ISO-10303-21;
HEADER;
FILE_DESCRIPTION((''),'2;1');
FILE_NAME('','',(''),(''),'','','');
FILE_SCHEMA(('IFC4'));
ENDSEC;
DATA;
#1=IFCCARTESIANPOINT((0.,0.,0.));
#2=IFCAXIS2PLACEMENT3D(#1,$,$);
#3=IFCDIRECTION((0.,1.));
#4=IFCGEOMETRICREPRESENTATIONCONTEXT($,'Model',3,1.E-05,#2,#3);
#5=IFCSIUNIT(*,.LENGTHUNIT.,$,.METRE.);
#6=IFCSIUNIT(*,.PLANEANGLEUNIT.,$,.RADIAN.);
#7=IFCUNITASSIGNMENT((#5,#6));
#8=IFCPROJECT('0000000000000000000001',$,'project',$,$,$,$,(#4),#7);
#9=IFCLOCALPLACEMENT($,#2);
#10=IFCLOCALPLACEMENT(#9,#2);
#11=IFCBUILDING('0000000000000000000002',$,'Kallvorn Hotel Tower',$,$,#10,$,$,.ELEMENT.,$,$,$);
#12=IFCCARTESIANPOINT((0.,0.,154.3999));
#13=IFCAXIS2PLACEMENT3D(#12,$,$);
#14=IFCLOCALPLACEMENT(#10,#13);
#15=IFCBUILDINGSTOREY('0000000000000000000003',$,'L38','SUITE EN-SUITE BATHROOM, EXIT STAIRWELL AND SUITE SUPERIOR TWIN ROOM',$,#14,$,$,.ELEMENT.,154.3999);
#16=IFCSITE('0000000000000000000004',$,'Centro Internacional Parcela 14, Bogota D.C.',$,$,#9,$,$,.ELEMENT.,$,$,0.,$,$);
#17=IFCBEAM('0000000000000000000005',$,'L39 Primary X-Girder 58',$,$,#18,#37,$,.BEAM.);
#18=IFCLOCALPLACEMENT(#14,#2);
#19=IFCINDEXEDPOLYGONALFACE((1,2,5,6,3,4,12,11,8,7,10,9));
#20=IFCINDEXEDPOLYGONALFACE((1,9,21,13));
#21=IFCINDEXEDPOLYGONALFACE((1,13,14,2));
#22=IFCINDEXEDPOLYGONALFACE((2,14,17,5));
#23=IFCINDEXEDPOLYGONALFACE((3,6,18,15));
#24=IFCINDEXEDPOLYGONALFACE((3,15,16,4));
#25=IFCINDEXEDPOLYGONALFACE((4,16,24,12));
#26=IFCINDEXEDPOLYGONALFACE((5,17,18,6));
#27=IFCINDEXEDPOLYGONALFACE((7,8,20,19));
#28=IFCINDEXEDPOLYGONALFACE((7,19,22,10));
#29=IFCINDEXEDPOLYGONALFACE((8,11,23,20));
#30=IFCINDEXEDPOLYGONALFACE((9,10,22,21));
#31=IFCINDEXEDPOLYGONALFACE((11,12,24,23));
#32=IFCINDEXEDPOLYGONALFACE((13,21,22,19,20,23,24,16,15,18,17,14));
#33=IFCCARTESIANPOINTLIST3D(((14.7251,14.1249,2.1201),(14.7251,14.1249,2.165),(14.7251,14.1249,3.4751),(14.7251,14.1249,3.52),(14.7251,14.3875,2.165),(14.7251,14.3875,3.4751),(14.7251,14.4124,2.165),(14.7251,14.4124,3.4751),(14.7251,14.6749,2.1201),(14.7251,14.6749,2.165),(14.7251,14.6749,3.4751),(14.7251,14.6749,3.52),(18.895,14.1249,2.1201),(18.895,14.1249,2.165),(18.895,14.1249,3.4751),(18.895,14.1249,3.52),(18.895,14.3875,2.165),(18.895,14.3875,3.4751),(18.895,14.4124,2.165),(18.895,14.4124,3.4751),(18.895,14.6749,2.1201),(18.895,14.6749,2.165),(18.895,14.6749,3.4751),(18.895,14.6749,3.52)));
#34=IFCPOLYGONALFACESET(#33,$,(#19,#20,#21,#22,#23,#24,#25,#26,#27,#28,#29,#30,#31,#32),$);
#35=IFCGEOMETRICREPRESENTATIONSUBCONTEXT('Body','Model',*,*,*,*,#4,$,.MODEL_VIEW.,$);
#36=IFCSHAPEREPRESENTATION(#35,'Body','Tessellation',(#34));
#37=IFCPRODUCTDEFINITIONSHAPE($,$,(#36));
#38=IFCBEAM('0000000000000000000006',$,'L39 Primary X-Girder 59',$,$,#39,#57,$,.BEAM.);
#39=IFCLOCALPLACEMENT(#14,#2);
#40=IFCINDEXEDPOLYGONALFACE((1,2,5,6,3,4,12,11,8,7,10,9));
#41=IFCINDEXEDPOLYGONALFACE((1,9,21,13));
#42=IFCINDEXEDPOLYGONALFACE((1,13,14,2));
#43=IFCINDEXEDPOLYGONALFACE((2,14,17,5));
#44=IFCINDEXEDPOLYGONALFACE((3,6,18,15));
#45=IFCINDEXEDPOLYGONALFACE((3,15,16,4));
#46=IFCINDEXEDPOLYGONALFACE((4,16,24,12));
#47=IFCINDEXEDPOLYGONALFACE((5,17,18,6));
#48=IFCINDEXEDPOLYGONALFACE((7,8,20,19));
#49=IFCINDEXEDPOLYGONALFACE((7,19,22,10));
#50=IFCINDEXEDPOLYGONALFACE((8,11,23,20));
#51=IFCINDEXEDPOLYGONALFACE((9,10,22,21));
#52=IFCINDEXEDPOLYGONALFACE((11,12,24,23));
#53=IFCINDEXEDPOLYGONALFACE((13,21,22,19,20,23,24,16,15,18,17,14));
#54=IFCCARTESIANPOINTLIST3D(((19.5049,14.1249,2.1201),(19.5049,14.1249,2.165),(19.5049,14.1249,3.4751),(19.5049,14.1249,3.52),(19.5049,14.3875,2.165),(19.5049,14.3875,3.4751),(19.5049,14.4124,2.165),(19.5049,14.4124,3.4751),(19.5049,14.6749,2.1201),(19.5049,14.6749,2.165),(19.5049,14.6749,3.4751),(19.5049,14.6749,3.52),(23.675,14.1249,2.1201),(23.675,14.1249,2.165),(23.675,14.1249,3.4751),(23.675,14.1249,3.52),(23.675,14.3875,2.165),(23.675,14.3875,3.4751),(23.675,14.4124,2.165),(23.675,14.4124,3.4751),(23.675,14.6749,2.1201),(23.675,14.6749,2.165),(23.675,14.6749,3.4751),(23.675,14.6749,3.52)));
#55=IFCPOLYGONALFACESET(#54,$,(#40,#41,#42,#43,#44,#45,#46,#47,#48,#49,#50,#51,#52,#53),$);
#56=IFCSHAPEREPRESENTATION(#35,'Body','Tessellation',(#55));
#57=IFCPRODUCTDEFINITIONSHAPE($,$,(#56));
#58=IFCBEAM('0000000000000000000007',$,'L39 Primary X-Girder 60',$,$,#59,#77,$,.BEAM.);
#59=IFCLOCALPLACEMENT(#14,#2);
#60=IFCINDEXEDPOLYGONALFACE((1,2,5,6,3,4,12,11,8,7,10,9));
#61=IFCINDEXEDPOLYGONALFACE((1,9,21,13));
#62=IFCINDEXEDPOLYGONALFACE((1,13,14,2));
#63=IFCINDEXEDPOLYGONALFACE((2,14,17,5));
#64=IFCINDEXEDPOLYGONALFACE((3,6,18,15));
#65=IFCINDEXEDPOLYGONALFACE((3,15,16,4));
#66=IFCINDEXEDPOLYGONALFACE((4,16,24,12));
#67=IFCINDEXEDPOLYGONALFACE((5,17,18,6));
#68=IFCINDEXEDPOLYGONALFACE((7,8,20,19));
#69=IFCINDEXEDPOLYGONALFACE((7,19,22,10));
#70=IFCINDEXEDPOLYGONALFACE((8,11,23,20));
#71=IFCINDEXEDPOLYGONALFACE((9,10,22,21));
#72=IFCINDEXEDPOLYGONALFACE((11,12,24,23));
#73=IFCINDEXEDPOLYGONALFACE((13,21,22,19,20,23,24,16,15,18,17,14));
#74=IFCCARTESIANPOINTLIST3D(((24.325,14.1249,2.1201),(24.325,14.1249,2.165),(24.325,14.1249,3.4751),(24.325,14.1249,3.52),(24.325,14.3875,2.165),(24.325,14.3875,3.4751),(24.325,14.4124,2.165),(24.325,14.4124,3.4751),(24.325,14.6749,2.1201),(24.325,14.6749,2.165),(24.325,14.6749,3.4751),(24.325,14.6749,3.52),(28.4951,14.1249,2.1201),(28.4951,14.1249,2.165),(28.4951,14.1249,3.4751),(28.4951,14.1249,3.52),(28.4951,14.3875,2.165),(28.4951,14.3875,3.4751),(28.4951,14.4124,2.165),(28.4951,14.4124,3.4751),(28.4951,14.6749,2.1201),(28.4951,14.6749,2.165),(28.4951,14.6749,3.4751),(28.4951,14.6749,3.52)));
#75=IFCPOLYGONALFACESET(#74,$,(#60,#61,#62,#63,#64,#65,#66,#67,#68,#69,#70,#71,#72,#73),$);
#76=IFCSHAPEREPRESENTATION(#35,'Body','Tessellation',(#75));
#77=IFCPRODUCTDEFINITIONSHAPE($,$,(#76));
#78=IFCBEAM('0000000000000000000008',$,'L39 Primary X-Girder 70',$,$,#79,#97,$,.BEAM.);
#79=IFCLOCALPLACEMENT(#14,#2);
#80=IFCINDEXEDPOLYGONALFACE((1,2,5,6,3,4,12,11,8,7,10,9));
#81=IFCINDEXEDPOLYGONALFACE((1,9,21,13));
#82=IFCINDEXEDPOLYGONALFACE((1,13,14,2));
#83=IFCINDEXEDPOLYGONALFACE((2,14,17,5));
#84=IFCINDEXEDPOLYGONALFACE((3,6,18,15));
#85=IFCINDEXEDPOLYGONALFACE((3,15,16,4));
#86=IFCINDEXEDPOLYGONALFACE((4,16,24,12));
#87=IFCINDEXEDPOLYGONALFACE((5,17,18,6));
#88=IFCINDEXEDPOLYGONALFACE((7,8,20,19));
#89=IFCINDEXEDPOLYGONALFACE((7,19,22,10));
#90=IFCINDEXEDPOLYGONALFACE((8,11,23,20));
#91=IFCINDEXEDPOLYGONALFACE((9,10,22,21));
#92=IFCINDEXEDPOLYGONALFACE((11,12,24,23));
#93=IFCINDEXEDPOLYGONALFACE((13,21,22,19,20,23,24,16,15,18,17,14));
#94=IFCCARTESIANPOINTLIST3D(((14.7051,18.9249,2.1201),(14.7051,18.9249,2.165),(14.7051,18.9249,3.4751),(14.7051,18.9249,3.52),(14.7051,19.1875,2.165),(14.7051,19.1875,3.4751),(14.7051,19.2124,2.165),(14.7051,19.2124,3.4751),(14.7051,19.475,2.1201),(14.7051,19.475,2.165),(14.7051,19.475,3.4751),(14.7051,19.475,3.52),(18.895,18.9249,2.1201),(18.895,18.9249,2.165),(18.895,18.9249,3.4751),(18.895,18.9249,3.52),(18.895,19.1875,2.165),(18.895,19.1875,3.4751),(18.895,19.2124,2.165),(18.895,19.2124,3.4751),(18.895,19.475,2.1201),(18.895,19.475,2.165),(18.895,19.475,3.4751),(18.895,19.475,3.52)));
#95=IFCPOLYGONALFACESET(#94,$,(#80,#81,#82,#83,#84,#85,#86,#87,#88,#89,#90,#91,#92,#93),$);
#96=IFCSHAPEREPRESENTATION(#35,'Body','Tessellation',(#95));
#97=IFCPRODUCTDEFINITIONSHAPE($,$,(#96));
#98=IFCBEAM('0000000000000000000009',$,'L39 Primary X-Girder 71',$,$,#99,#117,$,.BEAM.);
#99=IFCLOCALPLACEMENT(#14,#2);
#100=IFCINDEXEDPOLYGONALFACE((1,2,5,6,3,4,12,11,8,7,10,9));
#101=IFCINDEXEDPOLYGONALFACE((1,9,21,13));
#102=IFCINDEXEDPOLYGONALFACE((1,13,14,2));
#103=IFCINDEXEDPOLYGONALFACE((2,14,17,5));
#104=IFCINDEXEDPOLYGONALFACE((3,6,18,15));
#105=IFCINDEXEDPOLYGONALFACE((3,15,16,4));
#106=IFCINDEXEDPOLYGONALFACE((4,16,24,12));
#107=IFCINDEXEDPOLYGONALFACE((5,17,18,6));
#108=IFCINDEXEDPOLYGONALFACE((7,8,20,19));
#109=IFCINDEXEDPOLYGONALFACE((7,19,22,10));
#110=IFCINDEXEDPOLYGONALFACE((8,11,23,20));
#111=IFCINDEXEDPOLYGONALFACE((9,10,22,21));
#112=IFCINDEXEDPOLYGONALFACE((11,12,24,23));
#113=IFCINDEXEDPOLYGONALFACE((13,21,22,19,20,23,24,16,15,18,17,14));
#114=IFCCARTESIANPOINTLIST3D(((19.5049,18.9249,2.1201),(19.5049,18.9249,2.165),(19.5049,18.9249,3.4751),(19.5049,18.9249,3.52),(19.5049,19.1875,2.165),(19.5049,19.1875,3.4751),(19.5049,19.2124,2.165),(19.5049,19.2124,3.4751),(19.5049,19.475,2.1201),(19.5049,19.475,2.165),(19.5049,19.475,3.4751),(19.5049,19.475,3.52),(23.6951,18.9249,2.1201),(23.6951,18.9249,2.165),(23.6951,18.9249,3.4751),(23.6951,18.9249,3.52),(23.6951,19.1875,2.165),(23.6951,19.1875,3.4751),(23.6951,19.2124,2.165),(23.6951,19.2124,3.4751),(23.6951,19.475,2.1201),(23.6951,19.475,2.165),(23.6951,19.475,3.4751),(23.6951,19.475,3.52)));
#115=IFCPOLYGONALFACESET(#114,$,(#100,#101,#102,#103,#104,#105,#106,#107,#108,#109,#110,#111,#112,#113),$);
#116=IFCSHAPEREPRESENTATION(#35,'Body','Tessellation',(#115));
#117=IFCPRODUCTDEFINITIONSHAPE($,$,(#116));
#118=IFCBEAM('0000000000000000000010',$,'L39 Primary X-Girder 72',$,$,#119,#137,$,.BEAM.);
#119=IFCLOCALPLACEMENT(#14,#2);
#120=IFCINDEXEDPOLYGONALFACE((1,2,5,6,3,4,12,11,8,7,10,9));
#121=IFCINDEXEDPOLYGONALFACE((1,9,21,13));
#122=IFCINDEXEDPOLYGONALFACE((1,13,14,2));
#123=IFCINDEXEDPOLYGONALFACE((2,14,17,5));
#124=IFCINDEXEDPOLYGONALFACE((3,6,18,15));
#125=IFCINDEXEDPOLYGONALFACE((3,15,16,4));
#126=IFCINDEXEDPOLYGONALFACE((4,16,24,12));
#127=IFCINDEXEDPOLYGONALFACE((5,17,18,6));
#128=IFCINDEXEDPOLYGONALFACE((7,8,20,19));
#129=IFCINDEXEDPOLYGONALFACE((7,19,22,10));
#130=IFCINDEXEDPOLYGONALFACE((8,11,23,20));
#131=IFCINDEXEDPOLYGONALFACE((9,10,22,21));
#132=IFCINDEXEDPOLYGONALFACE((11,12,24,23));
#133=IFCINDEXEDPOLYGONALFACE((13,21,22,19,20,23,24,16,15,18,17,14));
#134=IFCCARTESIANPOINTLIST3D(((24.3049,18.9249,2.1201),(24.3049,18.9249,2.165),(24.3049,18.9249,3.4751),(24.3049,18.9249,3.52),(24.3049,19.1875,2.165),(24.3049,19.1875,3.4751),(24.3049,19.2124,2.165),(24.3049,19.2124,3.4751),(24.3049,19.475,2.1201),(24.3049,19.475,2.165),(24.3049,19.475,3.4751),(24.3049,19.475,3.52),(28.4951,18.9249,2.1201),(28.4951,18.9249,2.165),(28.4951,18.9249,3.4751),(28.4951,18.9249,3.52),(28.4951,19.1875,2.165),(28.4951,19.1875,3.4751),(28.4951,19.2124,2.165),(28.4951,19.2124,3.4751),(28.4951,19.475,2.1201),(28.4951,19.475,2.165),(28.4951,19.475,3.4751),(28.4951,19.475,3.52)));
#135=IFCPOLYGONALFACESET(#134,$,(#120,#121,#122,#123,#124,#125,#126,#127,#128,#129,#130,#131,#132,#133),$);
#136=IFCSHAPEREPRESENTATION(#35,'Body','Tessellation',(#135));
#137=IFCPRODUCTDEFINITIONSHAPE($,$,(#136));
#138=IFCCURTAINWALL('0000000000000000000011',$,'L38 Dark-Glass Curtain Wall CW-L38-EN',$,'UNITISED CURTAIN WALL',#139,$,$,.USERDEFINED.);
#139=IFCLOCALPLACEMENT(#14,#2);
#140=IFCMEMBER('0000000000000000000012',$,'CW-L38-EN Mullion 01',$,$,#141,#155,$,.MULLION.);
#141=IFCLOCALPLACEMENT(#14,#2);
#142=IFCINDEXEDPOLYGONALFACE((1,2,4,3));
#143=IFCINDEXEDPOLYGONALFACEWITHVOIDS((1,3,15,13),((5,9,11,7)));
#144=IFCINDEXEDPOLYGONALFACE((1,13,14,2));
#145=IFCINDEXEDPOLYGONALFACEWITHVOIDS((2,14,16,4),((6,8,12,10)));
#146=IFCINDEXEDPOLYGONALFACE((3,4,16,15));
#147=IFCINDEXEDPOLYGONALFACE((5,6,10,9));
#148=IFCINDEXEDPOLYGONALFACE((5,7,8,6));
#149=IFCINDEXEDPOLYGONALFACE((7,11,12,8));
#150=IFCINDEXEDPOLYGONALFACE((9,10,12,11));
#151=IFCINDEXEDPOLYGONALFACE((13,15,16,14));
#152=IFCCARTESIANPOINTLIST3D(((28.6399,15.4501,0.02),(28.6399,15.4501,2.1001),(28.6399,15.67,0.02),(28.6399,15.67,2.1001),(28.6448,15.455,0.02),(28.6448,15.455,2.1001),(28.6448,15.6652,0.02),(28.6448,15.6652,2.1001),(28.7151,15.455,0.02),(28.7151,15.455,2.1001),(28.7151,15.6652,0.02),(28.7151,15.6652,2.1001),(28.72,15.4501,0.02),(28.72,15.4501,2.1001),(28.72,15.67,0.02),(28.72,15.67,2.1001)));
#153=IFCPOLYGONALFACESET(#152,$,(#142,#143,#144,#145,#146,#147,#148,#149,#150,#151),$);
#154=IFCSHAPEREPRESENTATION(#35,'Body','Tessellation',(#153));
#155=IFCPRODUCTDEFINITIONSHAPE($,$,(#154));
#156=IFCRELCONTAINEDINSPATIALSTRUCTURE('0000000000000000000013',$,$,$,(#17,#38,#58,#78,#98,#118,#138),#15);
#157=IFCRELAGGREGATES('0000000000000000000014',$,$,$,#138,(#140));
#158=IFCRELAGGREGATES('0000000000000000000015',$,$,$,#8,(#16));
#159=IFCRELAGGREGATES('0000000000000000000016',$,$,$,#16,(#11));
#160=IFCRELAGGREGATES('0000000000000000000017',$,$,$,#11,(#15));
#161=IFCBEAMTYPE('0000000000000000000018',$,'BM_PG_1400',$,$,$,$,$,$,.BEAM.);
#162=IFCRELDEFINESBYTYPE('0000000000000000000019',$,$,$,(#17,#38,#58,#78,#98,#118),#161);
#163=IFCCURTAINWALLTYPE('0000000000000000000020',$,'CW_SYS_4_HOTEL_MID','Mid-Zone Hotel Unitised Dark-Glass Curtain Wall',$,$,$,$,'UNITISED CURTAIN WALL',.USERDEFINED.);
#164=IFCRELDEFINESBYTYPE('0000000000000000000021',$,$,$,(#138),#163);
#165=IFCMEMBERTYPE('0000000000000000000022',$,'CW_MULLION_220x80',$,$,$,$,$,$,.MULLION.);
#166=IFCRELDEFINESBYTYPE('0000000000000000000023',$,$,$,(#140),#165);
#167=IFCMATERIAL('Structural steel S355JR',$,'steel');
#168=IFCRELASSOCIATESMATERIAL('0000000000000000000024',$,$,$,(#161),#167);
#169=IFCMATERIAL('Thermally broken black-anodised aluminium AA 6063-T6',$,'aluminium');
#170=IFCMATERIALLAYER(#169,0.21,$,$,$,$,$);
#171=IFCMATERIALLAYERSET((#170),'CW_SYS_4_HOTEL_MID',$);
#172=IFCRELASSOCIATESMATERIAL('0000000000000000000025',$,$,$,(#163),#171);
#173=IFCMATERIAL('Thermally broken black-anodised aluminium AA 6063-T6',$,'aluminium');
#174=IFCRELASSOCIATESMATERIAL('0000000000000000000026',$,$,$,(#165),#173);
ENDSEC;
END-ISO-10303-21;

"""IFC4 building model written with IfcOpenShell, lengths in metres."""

from ifc_helpers import new_model, si_unit, direction, frame, origin, origin_2d, place, context, subcontext, project, spatial, hollow_rectangle, i_section, extrude, material, layer, layer_set, material_profile, profile_set, type_object, element, aggregate, save


model = new_model("IFC4")

# Units and contexts
model_context = context("Model", 3, precision=1e-05, world=origin(), true_north=direction((0.0, 1.0)))
body_context = subcontext(model_context, "Body", "Model", "MODEL_VIEW")
ifc_project = project(units=[si_unit("LENGTHUNIT", "METRE"), si_unit("PLANEANGLEUNIT", "RADIAN")], contexts=[model_context])

# Site, building, storey
site_placement = place(None, origin())
site = spatial("IfcSite", under=ifc_project, at=site_placement, Name="Centro Internacional Parcela 14, Bogota D.C.", CompositionType="ELEMENT", RefElevation=0.0)
building_placement = place(site_placement, origin())
building = spatial("IfcBuilding", under=site, at=building_placement, Name="Kallvorn Hotel Tower", CompositionType="ELEMENT")
storey_placement = place(building_placement, frame((0.0, 0.0, 154.3999)))
storey = spatial("IfcBuildingStorey", under=building, at=storey_placement, Name="L38", Description="SUITE EN-SUITE BATHROOM, EXIT STAIRWELL AND SUITE SUPERIOR TWIN ROOM", CompositionType="ELEMENT", Elevation=154.3999)

# Beams
ifc_material_1 = material(Name="Structural steel S355JR", Category="steel")
ifc_material_profile_1 = material_profile(ifc_material_1, i_section(OverallWidth=0.55, OverallDepth=1.3999, WebThickness=0.0249, FlangeThickness=0.0449, at=origin_2d()), Name="PG 1400x550x25x45")
ifc_profile_set_1 = profile_set([ifc_material_profile_1], Name="Structural steel S355JR")
beam_type_1 = type_object("IfcBeamType", Name="BM_PG_1400", PredefinedType="BEAM", material=ifc_profile_set_1)
beam_1_placement = place(storey_placement, frame((14.7251, 14.3999, 2.8201), z_axis=(1.0, 0.0, 0.0), x_axis=(0.0, 1.0, 0.0)))
element("IfcBeam", 1, at=beam_1_placement, inside=storey, type_object=beam_type_1, Name="L39 Primary X-Girder 58", PredefinedType="BEAM", context=body_context, shape_type="SweptSolid", body=[
    extrude(i_section(OverallWidth=0.55, OverallDepth=1.3999, WebThickness=0.0249, FlangeThickness=0.0449, at=origin_2d()), origin(), (0.0, 0.0, 1.0), 4.1699),
])
for number, where, z_axis, x_axis, name in (
    (2, (19.5049, 14.3999, 2.8201), (1.0, 0.0, 0.0), (0.0, 1.0, 0.0), "L39 Primary X-Girder 59"),
    (3, (24.325, 14.3999, 2.8201), (1.0, 0.0, 0.0), (0.0, 1.0, 0.0), "L39 Primary X-Girder 60"),
):
    element("IfcBeam", number, at=place(storey_placement, frame(where, z_axis=z_axis, x_axis=x_axis)), inside=storey, type_object=beam_type_1, Name=name, PredefinedType="BEAM", context=body_context, shape_type="SweptSolid", body=[
        extrude(i_section(OverallWidth=0.55, OverallDepth=1.3999, WebThickness=0.0249, FlangeThickness=0.0449, at=origin_2d()), origin(), (0.0, 0.0, 1.0), 4.1702),
    ])
beam_2_placement = place(storey_placement, frame((14.7051, 19.2, 2.8201), z_axis=(1.0, 0.0, 0.0), x_axis=(0.0, 1.0, 0.0)))
element("IfcBeam", 4, at=beam_2_placement, inside=storey, type_object=beam_type_1, Name="L39 Primary X-Girder 70", PredefinedType="BEAM", context=body_context, shape_type="SweptSolid", body=[
    extrude(i_section(OverallWidth=0.55, OverallDepth=1.3999, WebThickness=0.0249, FlangeThickness=0.0449, at=origin_2d()), origin(), (0.0, 0.0, 1.0), 4.1899),
])
for number, where, z_axis, x_axis, name in (
    (5, (19.5049, 19.2, 2.8201), (1.0, 0.0, 0.0), (0.0, 1.0, 0.0), "L39 Primary X-Girder 71"),
    (6, (24.3049, 19.2, 2.8201), (1.0, 0.0, 0.0), (0.0, 1.0, 0.0), "L39 Primary X-Girder 72"),
):
    element("IfcBeam", number, at=place(storey_placement, frame(where, z_axis=z_axis, x_axis=x_axis)), inside=storey, type_object=beam_type_1, Name=name, PredefinedType="BEAM", context=body_context, shape_type="SweptSolid", body=[
        extrude(i_section(OverallWidth=0.55, OverallDepth=1.3999, WebThickness=0.0249, FlangeThickness=0.0449, at=origin_2d()), origin(), (0.0, 0.0, 1.0), 4.1902),
    ])

# Curtain wall, member
ifc_material_2 = material(Name="Thermally broken black-anodised aluminium AA 6063-T6", Category="aluminium")
ifc_layer_1 = layer(ifc_material_2, 0.21)
ifc_layer_set_1 = layer_set([ifc_layer_1], Name="CW_SYS_4_HOTEL_MID")
curtain_wall_type = type_object("IfcCurtainWallType", Name="CW_SYS_4_HOTEL_MID", Description="Mid-Zone Hotel Unitised Dark-Glass Curtain Wall", ElementType="UNITISED CURTAIN WALL", PredefinedType="USERDEFINED", material=ifc_layer_set_1)
curtain_wall_placement = place(storey_placement, origin())
curtain_wall = element("IfcCurtainWall", 7, at=curtain_wall_placement, inside=storey, type_object=curtain_wall_type, Name="L38 Dark-Glass Curtain Wall CW-L38-EN", ObjectType="UNITISED CURTAIN WALL", PredefinedType="USERDEFINED")
ifc_material_3 = material(Name="Thermally broken black-anodised aluminium AA 6063-T6", Category="aluminium")
ifc_material_profile_2 = material_profile(ifc_material_3, hollow_rectangle(XDim=0.0801, YDim=0.22, WallThickness=0.0049, at=origin_2d()), Name="MUL 220x80")
ifc_profile_set_2 = profile_set([ifc_material_profile_2], Name="Thermally broken black-anodised aluminium AA 6063-T6")
member_type_1 = type_object("IfcMemberType", Name="CW_MULLION_220x80", PredefinedType="MULLION", material=ifc_profile_set_2)
member_placement = place(storey_placement, frame((28.6799, 15.5601, 0.02), z_axis=(0.0, 0.0, 1.0), x_axis=(1.0, 0.0, 0.0)))
member = element("IfcMember", 8, at=member_placement, type_object=member_type_1, Name="CW-L38-EN Mullion 01", PredefinedType="MULLION", context=body_context, shape_type="SweptSolid", body=[
    extrude(hollow_rectangle(XDim=0.0801, YDim=0.22, WallThickness=0.0049, at=origin_2d()), origin(), (0.0, 0.0, 1.0), 2.0801),
])
aggregate(curtain_wall, [member])

save(model, "model.ifc")
